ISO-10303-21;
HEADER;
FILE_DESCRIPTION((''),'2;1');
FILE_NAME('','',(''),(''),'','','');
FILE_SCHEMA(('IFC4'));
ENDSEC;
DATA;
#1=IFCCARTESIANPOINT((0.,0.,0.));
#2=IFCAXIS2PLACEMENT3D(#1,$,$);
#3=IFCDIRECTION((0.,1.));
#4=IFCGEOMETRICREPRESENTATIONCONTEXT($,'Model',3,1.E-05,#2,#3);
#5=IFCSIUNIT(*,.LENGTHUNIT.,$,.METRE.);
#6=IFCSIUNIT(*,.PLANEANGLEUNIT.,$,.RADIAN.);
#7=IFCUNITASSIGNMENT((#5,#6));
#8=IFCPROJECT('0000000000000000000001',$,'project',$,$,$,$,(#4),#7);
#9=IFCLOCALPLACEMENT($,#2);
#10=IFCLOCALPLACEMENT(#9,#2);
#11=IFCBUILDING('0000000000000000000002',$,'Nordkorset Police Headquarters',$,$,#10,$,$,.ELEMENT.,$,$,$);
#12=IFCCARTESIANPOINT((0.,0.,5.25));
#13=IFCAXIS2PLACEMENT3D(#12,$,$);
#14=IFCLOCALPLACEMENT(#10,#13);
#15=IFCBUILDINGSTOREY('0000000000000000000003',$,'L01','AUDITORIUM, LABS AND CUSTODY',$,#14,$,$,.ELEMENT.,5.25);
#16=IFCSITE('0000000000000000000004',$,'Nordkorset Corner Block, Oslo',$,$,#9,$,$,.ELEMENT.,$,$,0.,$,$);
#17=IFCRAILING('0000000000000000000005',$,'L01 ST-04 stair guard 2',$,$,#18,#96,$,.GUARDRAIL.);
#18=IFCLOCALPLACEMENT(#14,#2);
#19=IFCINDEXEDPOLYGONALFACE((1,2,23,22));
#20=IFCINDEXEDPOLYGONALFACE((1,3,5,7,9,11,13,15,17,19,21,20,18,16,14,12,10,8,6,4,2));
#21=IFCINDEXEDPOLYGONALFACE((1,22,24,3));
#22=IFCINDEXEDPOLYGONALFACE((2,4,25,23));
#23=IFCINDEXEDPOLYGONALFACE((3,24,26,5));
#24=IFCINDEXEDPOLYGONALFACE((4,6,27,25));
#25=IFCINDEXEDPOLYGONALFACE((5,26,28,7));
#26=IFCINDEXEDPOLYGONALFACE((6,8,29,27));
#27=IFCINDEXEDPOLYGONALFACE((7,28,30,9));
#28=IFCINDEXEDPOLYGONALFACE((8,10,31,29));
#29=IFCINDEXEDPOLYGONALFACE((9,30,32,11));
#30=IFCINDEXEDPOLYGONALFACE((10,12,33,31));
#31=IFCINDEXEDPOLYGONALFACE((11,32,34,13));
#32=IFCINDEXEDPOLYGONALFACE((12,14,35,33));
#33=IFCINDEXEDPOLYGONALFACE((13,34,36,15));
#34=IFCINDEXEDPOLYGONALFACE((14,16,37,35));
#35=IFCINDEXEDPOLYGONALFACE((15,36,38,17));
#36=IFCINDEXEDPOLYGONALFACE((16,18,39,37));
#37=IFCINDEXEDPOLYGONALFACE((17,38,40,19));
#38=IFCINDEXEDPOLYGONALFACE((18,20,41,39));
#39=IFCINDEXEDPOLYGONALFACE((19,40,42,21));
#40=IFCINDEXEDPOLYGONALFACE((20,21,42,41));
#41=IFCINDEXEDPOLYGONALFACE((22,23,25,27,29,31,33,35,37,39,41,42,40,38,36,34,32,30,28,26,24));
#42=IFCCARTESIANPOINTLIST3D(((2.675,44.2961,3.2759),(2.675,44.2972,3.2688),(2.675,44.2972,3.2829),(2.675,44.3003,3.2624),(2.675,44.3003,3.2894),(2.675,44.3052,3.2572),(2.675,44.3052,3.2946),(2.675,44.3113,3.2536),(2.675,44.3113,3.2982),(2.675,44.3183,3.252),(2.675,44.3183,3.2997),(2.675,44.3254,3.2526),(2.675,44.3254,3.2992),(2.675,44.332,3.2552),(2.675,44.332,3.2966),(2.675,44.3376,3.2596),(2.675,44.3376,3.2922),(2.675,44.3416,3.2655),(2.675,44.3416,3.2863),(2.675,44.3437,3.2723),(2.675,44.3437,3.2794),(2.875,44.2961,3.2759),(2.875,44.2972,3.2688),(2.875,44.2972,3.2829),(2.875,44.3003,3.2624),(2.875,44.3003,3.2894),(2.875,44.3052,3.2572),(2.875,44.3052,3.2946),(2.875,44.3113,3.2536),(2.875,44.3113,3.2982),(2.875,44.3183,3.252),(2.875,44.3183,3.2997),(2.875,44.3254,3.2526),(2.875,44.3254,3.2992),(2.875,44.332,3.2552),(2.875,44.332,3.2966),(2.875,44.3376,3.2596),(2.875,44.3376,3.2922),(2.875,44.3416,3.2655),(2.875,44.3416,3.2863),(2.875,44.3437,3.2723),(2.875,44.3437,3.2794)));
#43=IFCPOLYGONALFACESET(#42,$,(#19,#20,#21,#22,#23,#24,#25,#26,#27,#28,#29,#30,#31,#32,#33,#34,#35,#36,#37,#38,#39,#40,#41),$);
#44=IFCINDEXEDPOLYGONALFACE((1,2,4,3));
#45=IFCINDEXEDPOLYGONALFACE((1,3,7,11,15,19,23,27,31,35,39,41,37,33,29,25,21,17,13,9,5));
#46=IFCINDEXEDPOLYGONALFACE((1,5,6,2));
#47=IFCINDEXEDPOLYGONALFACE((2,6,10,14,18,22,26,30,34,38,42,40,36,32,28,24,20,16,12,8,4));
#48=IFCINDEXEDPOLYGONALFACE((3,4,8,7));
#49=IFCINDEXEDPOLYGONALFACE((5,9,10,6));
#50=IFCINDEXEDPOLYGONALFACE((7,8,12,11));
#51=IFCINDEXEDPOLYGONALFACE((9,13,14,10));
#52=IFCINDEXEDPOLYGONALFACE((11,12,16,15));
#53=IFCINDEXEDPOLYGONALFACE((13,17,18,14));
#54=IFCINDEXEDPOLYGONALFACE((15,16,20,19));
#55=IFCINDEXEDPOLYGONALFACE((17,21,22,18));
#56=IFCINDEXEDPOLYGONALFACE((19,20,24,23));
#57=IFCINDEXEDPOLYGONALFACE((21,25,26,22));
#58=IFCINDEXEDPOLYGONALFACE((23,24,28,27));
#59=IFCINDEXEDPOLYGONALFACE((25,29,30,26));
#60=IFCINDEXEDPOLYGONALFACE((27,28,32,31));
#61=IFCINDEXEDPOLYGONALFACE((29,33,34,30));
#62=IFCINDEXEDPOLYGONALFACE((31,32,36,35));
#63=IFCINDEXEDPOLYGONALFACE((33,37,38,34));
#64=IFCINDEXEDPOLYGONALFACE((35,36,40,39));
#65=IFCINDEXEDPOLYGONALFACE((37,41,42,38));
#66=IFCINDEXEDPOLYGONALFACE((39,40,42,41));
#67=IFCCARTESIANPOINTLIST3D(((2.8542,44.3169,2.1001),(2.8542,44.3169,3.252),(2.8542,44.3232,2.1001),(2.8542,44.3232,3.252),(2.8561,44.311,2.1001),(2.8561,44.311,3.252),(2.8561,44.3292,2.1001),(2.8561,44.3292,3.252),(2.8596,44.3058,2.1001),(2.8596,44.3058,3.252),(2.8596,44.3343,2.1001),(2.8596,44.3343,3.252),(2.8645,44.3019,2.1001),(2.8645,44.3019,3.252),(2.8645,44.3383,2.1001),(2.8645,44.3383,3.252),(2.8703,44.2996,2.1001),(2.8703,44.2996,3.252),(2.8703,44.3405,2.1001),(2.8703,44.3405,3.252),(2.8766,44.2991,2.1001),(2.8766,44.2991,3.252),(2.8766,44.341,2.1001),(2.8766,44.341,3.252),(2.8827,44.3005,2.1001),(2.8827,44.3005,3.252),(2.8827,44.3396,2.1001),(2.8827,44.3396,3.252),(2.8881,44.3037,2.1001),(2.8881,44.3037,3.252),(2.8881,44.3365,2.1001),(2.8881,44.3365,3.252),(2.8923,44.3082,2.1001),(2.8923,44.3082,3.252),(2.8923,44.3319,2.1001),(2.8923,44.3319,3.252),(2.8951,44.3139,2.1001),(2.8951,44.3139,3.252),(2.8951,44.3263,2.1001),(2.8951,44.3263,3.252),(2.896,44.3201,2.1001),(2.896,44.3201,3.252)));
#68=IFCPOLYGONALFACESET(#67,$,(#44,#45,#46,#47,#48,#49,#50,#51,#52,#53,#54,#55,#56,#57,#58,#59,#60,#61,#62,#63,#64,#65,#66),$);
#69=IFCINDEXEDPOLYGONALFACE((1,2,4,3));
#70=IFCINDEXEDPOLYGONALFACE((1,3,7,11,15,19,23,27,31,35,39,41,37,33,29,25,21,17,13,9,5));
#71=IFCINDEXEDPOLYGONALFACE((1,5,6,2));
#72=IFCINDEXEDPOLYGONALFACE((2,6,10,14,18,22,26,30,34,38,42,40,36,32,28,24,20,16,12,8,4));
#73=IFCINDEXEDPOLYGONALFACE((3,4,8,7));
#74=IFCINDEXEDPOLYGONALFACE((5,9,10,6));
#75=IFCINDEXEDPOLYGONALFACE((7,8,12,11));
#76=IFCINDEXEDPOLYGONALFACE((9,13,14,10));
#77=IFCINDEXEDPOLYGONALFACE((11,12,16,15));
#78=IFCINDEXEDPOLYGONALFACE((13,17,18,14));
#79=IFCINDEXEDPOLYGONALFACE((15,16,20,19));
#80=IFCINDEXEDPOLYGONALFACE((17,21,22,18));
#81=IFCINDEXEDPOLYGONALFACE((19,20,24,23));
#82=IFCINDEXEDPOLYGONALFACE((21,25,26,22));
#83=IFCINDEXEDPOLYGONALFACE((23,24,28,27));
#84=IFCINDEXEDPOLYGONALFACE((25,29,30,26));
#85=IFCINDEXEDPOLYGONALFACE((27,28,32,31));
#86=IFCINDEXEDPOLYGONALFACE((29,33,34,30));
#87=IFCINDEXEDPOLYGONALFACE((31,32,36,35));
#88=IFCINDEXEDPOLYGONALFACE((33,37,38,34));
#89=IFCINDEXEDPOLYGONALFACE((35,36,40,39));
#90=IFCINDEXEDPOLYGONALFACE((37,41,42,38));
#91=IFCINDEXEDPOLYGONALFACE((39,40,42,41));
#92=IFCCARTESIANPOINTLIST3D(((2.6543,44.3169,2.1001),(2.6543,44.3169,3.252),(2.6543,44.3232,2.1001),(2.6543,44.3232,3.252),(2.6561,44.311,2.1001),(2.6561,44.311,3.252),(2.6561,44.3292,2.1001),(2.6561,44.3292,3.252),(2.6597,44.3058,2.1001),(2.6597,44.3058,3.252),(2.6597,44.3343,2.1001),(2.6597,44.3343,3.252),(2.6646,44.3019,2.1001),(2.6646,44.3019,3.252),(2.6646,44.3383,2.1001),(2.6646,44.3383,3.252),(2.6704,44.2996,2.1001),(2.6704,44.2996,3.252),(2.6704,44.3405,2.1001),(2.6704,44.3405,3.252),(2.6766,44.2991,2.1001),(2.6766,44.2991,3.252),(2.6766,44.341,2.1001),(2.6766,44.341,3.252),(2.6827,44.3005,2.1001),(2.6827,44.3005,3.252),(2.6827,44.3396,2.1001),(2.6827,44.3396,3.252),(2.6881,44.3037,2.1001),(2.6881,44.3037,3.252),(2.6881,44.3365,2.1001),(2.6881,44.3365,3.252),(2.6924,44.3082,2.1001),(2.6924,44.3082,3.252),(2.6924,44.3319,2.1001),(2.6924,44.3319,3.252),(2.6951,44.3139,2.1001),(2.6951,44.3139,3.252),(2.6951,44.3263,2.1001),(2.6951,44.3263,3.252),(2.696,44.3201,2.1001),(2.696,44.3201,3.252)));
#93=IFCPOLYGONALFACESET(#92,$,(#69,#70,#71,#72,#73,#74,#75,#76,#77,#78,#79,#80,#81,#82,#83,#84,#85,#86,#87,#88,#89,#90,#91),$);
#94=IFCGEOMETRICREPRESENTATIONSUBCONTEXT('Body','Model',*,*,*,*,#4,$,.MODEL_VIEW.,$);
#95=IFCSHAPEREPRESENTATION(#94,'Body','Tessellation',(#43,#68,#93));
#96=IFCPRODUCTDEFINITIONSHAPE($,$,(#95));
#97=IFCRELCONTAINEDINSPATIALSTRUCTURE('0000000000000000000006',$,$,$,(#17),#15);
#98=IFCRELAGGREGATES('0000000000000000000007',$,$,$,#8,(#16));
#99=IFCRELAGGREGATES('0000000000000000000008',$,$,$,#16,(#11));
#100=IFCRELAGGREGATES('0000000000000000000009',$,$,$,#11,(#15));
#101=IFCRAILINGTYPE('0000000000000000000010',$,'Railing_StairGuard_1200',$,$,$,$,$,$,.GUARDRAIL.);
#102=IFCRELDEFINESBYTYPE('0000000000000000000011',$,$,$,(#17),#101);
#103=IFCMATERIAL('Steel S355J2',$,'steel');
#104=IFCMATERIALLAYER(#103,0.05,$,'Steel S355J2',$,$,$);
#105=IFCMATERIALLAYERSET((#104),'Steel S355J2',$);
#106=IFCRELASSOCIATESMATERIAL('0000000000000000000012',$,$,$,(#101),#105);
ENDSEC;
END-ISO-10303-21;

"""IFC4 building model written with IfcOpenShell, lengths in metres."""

from ifc_helpers import new_model, si_unit, direction, frame, origin, origin_2d, place, context, subcontext, project, spatial, circle, extrude, material, layer, layer_set, type_object, element, save


model = new_model("IFC4")

# Units and contexts
model_context = context("Model", 3, precision=1e-05, world=origin(), true_north=direction((0.0, 1.0)))
body_context = subcontext(model_context, "Body", "Model", "MODEL_VIEW")
ifc_project = project(units=[si_unit("LENGTHUNIT", "METRE"), si_unit("PLANEANGLEUNIT", "RADIAN")], contexts=[model_context])

# Site, building, storey
site_placement = place(None, origin())
site = spatial("IfcSite", under=ifc_project, at=site_placement, Name="Nordkorset Corner Block, Oslo", CompositionType="ELEMENT", RefElevation=0.0)
building_placement = place(site_placement, origin())
building = spatial("IfcBuilding", under=site, at=building_placement, Name="Nordkorset Police Headquarters", CompositionType="ELEMENT")
storey_placement = place(building_placement, frame((0.0, 0.0, 5.25)))
storey = spatial("IfcBuildingStorey", under=building, at=storey_placement, Name="L01", Description="AUDITORIUM, LABS AND CUSTODY", CompositionType="ELEMENT", Elevation=5.25)

# Railing
ifc_material_1 = material(Name="Steel S355J2", Category="steel")
ifc_layer_1 = layer(ifc_material_1, 0.05, Name="Steel S355J2")
ifc_layer_set_1 = layer_set([ifc_layer_1], Name="Steel S355J2")
railing_type_1 = type_object("IfcRailingType", Name="Railing_StairGuard_1200", PredefinedType="GUARDRAIL", material=ifc_layer_set_1)
railing_1_placement = place(storey_placement, frame((2.875, 44.3201, 2.1001)))
element("IfcRailing", 1, at=railing_1_placement, inside=storey, type_object=railing_type_1, Name="L01 ST-04 stair guard 2", PredefinedType="GUARDRAIL", context=body_context, shape_type="SweptSolid", body=[
    extrude(circle(Radius=0.0239, at=origin_2d()), frame((0.0, 0.0, 1.1758), z_axis=(-1.0, 0.0, 0.0), x_axis=(0.0, -1.0, 0.0)), (0.0, 0.0, 1.0), 0.2),
    extrude(circle(Radius=0.021, at=origin_2d()), origin(), (0.0, 0.0, 1.0), 1.1519),
    extrude(circle(Radius=0.021, at=origin_2d()), frame((-0.2, 0.0, 0.0)), (0.0, 0.0, 1.0), 1.1519),
])

save(model, "model.ifc")
